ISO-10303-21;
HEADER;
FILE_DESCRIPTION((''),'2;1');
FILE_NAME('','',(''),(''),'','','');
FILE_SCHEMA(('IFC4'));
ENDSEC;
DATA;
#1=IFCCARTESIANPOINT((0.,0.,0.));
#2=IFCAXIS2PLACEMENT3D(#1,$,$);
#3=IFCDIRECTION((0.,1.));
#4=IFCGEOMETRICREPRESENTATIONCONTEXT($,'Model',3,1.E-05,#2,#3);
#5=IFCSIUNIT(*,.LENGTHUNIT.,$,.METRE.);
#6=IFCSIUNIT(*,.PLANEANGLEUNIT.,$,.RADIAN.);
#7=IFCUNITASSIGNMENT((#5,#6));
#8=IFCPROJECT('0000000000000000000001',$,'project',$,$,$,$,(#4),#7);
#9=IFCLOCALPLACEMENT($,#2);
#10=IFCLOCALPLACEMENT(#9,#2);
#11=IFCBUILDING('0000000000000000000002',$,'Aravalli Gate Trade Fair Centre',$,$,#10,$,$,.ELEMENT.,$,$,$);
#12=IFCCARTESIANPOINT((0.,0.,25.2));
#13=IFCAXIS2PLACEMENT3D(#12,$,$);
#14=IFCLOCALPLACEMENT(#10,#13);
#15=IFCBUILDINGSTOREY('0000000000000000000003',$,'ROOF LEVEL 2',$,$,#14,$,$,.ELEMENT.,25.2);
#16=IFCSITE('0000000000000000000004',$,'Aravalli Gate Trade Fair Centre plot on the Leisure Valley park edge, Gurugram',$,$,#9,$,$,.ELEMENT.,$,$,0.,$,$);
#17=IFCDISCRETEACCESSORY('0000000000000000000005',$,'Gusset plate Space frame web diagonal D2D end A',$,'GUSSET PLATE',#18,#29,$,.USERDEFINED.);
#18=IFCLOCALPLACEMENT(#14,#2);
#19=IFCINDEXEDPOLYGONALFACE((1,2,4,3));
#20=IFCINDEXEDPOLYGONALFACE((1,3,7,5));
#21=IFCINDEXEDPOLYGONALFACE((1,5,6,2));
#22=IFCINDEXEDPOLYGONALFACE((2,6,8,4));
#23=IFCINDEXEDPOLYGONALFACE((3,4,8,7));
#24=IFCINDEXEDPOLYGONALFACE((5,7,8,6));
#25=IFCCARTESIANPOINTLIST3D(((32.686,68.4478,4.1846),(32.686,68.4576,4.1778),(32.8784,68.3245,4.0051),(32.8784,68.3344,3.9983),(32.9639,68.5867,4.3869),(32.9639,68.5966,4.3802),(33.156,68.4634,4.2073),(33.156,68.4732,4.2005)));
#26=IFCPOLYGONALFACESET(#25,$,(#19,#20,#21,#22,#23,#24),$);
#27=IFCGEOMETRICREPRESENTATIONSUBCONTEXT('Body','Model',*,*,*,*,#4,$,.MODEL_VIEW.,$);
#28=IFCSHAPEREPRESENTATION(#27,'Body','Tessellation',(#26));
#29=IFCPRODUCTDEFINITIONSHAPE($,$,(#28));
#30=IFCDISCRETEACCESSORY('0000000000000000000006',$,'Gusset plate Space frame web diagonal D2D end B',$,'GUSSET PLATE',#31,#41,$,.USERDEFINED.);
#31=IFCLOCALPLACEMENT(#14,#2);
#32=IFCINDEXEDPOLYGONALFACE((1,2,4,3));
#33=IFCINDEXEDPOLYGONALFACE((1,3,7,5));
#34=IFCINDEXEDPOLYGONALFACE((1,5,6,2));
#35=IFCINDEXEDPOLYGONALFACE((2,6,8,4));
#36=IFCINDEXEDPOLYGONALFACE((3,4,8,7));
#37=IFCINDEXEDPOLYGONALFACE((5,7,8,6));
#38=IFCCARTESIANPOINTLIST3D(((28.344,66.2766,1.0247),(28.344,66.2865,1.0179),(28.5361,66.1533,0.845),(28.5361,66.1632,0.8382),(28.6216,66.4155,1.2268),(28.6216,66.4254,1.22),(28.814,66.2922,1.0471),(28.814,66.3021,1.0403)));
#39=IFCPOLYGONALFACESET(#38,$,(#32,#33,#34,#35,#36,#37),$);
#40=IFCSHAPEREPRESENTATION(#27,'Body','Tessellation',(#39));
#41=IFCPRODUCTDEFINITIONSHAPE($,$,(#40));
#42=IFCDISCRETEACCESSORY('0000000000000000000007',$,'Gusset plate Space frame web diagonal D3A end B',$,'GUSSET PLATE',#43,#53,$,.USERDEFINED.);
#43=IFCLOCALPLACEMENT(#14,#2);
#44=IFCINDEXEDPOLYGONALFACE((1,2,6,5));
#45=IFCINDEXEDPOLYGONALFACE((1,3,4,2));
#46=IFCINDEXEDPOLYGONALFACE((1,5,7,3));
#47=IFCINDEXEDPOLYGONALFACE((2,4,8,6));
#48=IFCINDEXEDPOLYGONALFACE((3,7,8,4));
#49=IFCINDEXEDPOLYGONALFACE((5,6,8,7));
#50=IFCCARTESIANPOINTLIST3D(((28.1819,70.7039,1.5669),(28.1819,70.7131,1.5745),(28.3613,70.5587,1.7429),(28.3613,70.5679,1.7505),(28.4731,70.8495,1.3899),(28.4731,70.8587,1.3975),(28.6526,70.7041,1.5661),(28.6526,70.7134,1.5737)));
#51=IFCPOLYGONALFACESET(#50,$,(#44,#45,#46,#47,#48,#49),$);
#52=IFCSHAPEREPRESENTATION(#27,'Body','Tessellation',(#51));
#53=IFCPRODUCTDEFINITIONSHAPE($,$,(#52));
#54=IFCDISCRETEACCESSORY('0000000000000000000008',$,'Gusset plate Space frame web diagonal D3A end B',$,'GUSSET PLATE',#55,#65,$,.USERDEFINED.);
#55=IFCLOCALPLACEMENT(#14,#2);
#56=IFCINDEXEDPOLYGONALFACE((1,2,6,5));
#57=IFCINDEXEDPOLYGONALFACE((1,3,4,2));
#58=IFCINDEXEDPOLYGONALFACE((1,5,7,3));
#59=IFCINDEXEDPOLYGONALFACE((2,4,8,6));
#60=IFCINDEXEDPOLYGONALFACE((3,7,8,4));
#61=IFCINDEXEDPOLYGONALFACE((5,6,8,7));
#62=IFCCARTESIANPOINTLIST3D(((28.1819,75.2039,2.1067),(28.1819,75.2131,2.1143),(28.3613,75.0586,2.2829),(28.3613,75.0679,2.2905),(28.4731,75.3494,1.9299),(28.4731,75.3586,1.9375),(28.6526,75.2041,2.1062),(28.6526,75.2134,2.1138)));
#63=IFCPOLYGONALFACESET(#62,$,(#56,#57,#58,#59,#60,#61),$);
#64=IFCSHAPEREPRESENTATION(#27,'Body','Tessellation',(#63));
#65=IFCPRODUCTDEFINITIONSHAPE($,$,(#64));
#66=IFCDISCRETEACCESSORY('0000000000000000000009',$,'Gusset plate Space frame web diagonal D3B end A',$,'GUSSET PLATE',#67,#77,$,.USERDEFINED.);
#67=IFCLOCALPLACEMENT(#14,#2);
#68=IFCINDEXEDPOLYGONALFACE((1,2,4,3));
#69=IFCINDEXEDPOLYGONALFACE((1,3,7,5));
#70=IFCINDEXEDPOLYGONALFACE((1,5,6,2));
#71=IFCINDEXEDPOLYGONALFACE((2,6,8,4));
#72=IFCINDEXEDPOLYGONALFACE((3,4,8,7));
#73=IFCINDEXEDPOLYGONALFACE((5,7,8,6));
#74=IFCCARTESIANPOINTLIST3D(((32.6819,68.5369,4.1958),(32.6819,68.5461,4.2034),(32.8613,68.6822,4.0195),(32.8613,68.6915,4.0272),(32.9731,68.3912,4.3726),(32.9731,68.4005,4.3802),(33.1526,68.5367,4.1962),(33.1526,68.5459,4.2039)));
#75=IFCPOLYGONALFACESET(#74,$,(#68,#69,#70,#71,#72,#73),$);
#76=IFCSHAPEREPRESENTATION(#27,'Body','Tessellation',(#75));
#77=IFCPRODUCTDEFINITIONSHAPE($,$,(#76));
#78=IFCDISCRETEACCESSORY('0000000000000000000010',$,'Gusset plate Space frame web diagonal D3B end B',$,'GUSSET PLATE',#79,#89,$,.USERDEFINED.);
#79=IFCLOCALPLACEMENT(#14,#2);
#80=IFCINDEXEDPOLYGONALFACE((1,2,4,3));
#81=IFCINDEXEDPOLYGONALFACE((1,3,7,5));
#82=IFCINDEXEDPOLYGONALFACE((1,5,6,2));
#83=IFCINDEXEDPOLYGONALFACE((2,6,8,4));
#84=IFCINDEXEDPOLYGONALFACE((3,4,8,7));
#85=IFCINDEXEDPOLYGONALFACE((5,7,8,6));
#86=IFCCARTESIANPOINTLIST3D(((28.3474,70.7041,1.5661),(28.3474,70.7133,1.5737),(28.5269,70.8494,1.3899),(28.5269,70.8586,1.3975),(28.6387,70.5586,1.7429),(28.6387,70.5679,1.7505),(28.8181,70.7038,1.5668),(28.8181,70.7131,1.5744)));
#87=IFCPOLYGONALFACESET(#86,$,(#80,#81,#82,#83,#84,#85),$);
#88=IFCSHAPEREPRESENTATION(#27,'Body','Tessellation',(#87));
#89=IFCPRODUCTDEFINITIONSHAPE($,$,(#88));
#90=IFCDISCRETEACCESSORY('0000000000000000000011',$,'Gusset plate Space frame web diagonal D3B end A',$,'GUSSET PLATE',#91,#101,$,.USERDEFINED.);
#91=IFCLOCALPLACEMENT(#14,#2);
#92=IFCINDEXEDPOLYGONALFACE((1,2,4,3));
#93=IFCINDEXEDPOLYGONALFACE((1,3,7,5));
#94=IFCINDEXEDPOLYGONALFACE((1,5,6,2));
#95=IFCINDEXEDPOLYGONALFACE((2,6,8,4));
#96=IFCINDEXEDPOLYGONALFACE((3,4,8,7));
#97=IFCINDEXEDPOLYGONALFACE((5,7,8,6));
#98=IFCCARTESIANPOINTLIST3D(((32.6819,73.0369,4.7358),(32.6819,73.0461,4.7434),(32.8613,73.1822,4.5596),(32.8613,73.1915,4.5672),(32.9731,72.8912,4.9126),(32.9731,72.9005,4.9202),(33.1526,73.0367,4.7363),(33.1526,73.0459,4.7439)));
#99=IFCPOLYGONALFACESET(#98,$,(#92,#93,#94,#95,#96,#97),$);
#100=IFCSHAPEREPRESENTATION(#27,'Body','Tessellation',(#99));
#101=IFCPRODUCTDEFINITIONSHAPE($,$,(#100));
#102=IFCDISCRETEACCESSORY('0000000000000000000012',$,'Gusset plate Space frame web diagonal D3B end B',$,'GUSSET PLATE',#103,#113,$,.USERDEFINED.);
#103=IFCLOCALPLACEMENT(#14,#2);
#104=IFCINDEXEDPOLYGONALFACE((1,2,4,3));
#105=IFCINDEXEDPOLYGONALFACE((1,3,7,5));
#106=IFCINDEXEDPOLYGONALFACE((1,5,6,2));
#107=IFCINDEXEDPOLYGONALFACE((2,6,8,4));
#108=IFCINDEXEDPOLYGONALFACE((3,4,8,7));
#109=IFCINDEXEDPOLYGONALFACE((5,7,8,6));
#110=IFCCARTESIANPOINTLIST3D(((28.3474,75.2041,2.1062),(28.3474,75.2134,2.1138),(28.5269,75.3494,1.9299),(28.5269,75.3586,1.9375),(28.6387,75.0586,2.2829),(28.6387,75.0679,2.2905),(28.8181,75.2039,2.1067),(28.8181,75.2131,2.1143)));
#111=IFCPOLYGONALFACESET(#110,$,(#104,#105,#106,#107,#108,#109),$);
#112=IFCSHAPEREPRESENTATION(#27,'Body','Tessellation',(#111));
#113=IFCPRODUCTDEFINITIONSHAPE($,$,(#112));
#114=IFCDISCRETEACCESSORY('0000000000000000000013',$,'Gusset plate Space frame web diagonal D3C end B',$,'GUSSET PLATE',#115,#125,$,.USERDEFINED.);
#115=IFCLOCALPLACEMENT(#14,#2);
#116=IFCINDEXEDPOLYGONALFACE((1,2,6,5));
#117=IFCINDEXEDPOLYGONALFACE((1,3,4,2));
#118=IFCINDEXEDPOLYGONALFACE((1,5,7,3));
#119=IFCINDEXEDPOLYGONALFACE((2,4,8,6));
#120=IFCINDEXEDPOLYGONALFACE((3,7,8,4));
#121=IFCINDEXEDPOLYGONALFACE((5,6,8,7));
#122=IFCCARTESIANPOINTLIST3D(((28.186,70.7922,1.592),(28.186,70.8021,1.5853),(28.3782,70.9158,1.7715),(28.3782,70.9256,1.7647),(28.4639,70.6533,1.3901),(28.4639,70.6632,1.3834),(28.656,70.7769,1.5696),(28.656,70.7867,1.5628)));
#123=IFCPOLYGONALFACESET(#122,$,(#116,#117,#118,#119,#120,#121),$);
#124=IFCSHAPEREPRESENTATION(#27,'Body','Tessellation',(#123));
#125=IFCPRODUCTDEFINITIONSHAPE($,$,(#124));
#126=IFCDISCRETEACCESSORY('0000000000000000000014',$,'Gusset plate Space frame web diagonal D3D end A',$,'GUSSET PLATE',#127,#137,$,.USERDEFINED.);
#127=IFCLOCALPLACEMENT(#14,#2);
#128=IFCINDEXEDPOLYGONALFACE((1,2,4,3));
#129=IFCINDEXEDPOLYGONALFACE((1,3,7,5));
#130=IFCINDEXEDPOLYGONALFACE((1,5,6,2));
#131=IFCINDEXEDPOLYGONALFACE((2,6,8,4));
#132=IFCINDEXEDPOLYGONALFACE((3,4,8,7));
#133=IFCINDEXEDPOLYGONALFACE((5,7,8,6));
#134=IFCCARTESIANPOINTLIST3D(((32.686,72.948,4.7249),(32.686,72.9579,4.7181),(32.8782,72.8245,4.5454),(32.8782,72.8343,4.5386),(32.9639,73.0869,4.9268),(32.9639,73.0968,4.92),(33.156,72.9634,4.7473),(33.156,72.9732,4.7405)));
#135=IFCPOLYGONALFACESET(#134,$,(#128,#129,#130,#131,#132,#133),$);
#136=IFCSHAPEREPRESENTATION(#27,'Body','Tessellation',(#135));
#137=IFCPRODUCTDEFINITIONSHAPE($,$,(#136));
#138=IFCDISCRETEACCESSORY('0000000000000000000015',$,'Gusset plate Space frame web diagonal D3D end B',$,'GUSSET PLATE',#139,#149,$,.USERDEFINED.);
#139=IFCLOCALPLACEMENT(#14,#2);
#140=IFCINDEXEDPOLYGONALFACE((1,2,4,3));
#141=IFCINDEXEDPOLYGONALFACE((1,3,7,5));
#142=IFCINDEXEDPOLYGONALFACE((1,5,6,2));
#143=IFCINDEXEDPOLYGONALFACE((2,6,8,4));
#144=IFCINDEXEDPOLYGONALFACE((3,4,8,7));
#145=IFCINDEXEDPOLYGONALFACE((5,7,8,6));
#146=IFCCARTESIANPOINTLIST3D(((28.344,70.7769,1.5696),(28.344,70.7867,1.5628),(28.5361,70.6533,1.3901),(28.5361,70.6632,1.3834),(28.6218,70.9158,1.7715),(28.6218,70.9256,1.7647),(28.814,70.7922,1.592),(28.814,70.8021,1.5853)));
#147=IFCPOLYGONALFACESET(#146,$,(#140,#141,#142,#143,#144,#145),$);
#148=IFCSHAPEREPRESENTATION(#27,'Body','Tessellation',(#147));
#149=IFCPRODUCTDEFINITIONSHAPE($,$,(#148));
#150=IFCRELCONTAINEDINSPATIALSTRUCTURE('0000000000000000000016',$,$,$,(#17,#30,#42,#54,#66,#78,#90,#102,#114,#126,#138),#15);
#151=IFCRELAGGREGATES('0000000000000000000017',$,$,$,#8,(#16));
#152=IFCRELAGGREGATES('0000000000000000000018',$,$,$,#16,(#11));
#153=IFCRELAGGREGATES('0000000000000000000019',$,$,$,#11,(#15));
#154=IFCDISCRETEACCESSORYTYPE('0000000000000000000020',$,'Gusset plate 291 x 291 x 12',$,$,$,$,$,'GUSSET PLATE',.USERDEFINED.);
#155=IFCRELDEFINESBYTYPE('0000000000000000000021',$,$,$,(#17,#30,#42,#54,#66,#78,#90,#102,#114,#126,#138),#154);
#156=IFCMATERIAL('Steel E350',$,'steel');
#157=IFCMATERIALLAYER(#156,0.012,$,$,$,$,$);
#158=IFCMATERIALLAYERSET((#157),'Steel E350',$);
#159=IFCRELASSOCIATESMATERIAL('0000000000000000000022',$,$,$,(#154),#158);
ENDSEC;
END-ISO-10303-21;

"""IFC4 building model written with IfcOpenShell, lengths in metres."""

from ifc_helpers import new_model, si_unit, direction, frame, origin, place, context, subcontext, project, spatial, polyline, outline, extrude, material, layer, layer_set, type_object, element, save


model = new_model("IFC4")

# Units and contexts
model_context = context("Model", 3, precision=1e-05, world=origin(), true_north=direction((0.0, 1.0)))
body_context = subcontext(model_context, "Body", "Model", "MODEL_VIEW")
ifc_project = project(units=[si_unit("LENGTHUNIT", "METRE"), si_unit("PLANEANGLEUNIT", "RADIAN")], contexts=[model_context])

# Site, building, storey
site_placement = place(None, origin())
site = spatial("IfcSite", under=ifc_project, at=site_placement, Name="Aravalli Gate Trade Fair Centre plot on the Leisure Valley park edge, Gurugram", CompositionType="ELEMENT", RefElevation=0.0)
building_placement = place(site_placement, origin())
building = spatial("IfcBuilding", under=site, at=building_placement, Name="Aravalli Gate Trade Fair Centre", CompositionType="ELEMENT")
storey_placement = place(building_placement, frame((0.0, 0.0, 25.2)))
storey = spatial("IfcBuildingStorey", under=building, at=storey_placement, Name="ROOF LEVEL 2", CompositionType="ELEMENT", Elevation=25.2)

# Shared definitions
ifc_material_1 = material(Name="Steel E350", Category="steel")

# Discrete accessories
ifc_layer_1 = layer(ifc_material_1, 0.012)
ifc_layer_set_1 = layer_set([ifc_layer_1], Name="Steel E350")
discrete_accessory_type = type_object("IfcDiscreteAccessoryType", Name="Gusset plate 291 x 291 x 12", ElementType="GUSSET PLATE", PredefinedType="USERDEFINED", material=ifc_layer_set_1)
discrete_accessory_1_placement = place(storey_placement, frame((32.686, 68.4478, 4.1846), z_axis=(0.000059, -0.824356, 0.566072), x_axis=(0.749391, 0.374849, 0.545804)))
element("IfcDiscreteAccessory", 1, at=discrete_accessory_1_placement, inside=storey, type_object=discrete_accessory_type, Name="Gusset plate Space frame web diagonal D2D end A", ObjectType="GUSSET PLATE", PredefinedType="USERDEFINED", context=body_context, shape_type="SweptSolid", body=[
    extrude(outline(polyline([(0.0, 0.0), (0.3707, 0.0), (0.3704, -0.2905), (0.0, -0.2905), (0.0, 0.0)])), origin(), (0.0, 0.0, -1.0), 0.012),
])
discrete_accessory_2_placement = place(storey_placement, frame((28.6216, 66.4155, 1.2268), z_axis=(0.000356, -0.824387, 0.566027), x_axis=(-0.749371, -0.375015, -0.545716)))
element("IfcDiscreteAccessory", 2, at=discrete_accessory_2_placement, inside=storey, type_object=discrete_accessory_type, Name="Gusset plate Space frame web diagonal D2D end B", ObjectType="GUSSET PLATE", PredefinedType="USERDEFINED", context=body_context, shape_type="SweptSolid", body=[
    extrude(outline(polyline([(0.0, 0.0), (0.3704, 0.0), (0.3707, 0.2905), (0.0001, 0.2907), (0.0, 0.0)])), origin(), (0.0, 0.0, -1.0), 0.012),
])
discrete_accessory_3_placement = place(storey_placement, frame((28.1819, 70.7131, 1.5745), z_axis=(0.000589, 0.771792, 0.635874), x_axis=(0.785943, 0.392803, -0.477493)))
element("IfcDiscreteAccessory", 3, at=discrete_accessory_3_placement, inside=storey, type_object=discrete_accessory_type, Name="Gusset plate Space frame web diagonal D3A end B", ObjectType="GUSSET PLATE", PredefinedType="USERDEFINED", context=body_context, shape_type="SweptSolid", body=[
    extrude(outline(polyline([(0.0, 0.0), (0.3706, 0.0), (0.3704, -0.2905), (-0.0001, -0.2903), (0.0, 0.0)])), origin(), (0.0, 0.0, -1.0), 0.012),
])
discrete_accessory_4_placement = place(storey_placement, frame((28.1819, 75.2131, 2.1143), z_axis=(0.000259, 0.771844, 0.635812), x_axis=(0.78619, 0.392765, -0.477118)))
element("IfcDiscreteAccessory", 4, at=discrete_accessory_4_placement, inside=storey, type_object=discrete_accessory_type, Name="Gusset plate Space frame web diagonal D3A end B", ObjectType="GUSSET PLATE", PredefinedType="USERDEFINED", context=body_context, shape_type="SweptSolid", body=[
    extrude(outline(polyline([(0.0, 0.0), (0.3705, 0.0), (0.3704, -0.2905), (-0.0001, -0.2905), (0.0, 0.0)])), origin(), (0.0, 0.0, -1.0), 0.012),
])
discrete_accessory_5_placement = place(storey_placement, frame((32.6819, 68.5461, 4.2034), z_axis=(-0.00026, 0.771582, 0.63613), x_axis=(0.785986, -0.393126, 0.477156)))
element("IfcDiscreteAccessory", 5, at=discrete_accessory_5_placement, inside=storey, type_object=discrete_accessory_type, Name="Gusset plate Space frame web diagonal D3B end A", ObjectType="GUSSET PLATE", PredefinedType="USERDEFINED", context=body_context, shape_type="SweptSolid", body=[
    extrude(outline(polyline([(0.0, 0.0), (0.3706, 0.0), (0.3703, 0.2906), (-0.0002, 0.2905), (0.0, 0.0)])), origin(), (0.0, 0.0, -1.0), 0.012),
])
discrete_accessory_6_placement = place(storey_placement, frame((28.6387, 70.5679, 1.7505), z_axis=(-0.000589, 0.771792, 0.635874), x_axis=(-0.78619, 0.392604, -0.477251)))
element("IfcDiscreteAccessory", 6, at=discrete_accessory_6_placement, inside=storey, type_object=discrete_accessory_type, Name="Gusset plate Space frame web diagonal D3B end B", ObjectType="GUSSET PLATE", PredefinedType="USERDEFINED", context=body_context, shape_type="SweptSolid", body=[
    extrude(outline(polyline([(0.0, 0.0), (0.3705, 0.0), (0.3705, -0.2905), (0.0, -0.2903), (0.0, 0.0)])), origin(), (0.0, 0.0, -1.0), 0.012),
])
discrete_accessory_7_placement = place(storey_placement, frame((32.6819, 73.0461, 4.7434), z_axis=(-0.00026, 0.771582, 0.63613), x_axis=(0.785986, -0.393126, 0.477156)))
element("IfcDiscreteAccessory", 7, at=discrete_accessory_7_placement, inside=storey, type_object=discrete_accessory_type, Name="Gusset plate Space frame web diagonal D3B end A", ObjectType="GUSSET PLATE", PredefinedType="USERDEFINED", context=body_context, shape_type="SweptSolid", body=[
    extrude(outline(polyline([(0.0, 0.0), (0.3706, 0.0), (0.3703, 0.2906), (-0.0002, 0.2905), (0.0, 0.0)])), origin(), (0.0, 0.0, -1.0), 0.012),
])
discrete_accessory_8_placement = place(storey_placement, frame((28.6387, 75.0679, 2.2905), z_axis=(-0.000259, 0.771844, 0.635812), x_axis=(-0.78619, 0.392765, -0.477118)))
element("IfcDiscreteAccessory", 8, at=discrete_accessory_8_placement, inside=storey, type_object=discrete_accessory_type, Name="Gusset plate Space frame web diagonal D3B end B", ObjectType="GUSSET PLATE", PredefinedType="USERDEFINED", context=body_context, shape_type="SweptSolid", body=[
    extrude(outline(polyline([(0.0, 0.0), (0.3705, 0.0), (0.3705, -0.2905), (0.0001, -0.2905), (0.0, 0.0)])), origin(), (0.0, 0.0, -1.0), 0.012),
])
discrete_accessory_9_placement = place(storey_placement, frame((28.186, 70.7922, 1.592), z_axis=(0.000137, -0.82375, 0.566952), x_axis=(0.749929, -0.374965, -0.544984)))
element("IfcDiscreteAccessory", 9, at=discrete_accessory_9_placement, inside=storey, type_object=discrete_accessory_type, Name="Gusset plate Space frame web diagonal D3C end B", ObjectType="GUSSET PLATE", PredefinedType="USERDEFINED", context=body_context, shape_type="SweptSolid", body=[
    extrude(outline(polyline([(0.0, 0.0), (0.3705, 0.0), (0.3705, 0.2905), (0.0, 0.2905), (0.0, 0.0)])), origin(), (0.0, 0.0, -1.0), 0.012),
])
discrete_accessory_10_placement = place(storey_placement, frame((32.686, 72.948, 4.7249), z_axis=(-0.000137, -0.82375, 0.566952), x_axis=(0.749929, 0.374965, 0.544984)))
element("IfcDiscreteAccessory", 10, at=discrete_accessory_10_placement, inside=storey, type_object=discrete_accessory_type, Name="Gusset plate Space frame web diagonal D3D end A", ObjectType="GUSSET PLATE", PredefinedType="USERDEFINED", context=body_context, shape_type="SweptSolid", body=[
    extrude(outline(polyline([(0.0, 0.0), (0.3705, 0.0), (0.3705, -0.2905), (0.0, -0.2905), (0.0, 0.0)])), origin(), (0.0, 0.0, -1.0), 0.012),
])
discrete_accessory_11_placement = place(storey_placement, frame((28.6218, 70.9158, 1.7715), z_axis=(-0.000137, -0.82375, 0.566952), x_axis=(-0.749929, -0.374965, -0.544984)))
element("IfcDiscreteAccessory", 11, at=discrete_accessory_11_placement, inside=storey, type_object=discrete_accessory_type, Name="Gusset plate Space frame web diagonal D3D end B", ObjectType="GUSSET PLATE", PredefinedType="USERDEFINED", context=body_context, shape_type="SweptSolid", body=[
    extrude(outline(polyline([(0.0, 0.0), (0.3705, 0.0), (0.3705, 0.2905), (0.0, 0.2905), (0.0, 0.0)])), origin(), (0.0, 0.0, -1.0), 0.012),
])

save(model, "model.ifc")
